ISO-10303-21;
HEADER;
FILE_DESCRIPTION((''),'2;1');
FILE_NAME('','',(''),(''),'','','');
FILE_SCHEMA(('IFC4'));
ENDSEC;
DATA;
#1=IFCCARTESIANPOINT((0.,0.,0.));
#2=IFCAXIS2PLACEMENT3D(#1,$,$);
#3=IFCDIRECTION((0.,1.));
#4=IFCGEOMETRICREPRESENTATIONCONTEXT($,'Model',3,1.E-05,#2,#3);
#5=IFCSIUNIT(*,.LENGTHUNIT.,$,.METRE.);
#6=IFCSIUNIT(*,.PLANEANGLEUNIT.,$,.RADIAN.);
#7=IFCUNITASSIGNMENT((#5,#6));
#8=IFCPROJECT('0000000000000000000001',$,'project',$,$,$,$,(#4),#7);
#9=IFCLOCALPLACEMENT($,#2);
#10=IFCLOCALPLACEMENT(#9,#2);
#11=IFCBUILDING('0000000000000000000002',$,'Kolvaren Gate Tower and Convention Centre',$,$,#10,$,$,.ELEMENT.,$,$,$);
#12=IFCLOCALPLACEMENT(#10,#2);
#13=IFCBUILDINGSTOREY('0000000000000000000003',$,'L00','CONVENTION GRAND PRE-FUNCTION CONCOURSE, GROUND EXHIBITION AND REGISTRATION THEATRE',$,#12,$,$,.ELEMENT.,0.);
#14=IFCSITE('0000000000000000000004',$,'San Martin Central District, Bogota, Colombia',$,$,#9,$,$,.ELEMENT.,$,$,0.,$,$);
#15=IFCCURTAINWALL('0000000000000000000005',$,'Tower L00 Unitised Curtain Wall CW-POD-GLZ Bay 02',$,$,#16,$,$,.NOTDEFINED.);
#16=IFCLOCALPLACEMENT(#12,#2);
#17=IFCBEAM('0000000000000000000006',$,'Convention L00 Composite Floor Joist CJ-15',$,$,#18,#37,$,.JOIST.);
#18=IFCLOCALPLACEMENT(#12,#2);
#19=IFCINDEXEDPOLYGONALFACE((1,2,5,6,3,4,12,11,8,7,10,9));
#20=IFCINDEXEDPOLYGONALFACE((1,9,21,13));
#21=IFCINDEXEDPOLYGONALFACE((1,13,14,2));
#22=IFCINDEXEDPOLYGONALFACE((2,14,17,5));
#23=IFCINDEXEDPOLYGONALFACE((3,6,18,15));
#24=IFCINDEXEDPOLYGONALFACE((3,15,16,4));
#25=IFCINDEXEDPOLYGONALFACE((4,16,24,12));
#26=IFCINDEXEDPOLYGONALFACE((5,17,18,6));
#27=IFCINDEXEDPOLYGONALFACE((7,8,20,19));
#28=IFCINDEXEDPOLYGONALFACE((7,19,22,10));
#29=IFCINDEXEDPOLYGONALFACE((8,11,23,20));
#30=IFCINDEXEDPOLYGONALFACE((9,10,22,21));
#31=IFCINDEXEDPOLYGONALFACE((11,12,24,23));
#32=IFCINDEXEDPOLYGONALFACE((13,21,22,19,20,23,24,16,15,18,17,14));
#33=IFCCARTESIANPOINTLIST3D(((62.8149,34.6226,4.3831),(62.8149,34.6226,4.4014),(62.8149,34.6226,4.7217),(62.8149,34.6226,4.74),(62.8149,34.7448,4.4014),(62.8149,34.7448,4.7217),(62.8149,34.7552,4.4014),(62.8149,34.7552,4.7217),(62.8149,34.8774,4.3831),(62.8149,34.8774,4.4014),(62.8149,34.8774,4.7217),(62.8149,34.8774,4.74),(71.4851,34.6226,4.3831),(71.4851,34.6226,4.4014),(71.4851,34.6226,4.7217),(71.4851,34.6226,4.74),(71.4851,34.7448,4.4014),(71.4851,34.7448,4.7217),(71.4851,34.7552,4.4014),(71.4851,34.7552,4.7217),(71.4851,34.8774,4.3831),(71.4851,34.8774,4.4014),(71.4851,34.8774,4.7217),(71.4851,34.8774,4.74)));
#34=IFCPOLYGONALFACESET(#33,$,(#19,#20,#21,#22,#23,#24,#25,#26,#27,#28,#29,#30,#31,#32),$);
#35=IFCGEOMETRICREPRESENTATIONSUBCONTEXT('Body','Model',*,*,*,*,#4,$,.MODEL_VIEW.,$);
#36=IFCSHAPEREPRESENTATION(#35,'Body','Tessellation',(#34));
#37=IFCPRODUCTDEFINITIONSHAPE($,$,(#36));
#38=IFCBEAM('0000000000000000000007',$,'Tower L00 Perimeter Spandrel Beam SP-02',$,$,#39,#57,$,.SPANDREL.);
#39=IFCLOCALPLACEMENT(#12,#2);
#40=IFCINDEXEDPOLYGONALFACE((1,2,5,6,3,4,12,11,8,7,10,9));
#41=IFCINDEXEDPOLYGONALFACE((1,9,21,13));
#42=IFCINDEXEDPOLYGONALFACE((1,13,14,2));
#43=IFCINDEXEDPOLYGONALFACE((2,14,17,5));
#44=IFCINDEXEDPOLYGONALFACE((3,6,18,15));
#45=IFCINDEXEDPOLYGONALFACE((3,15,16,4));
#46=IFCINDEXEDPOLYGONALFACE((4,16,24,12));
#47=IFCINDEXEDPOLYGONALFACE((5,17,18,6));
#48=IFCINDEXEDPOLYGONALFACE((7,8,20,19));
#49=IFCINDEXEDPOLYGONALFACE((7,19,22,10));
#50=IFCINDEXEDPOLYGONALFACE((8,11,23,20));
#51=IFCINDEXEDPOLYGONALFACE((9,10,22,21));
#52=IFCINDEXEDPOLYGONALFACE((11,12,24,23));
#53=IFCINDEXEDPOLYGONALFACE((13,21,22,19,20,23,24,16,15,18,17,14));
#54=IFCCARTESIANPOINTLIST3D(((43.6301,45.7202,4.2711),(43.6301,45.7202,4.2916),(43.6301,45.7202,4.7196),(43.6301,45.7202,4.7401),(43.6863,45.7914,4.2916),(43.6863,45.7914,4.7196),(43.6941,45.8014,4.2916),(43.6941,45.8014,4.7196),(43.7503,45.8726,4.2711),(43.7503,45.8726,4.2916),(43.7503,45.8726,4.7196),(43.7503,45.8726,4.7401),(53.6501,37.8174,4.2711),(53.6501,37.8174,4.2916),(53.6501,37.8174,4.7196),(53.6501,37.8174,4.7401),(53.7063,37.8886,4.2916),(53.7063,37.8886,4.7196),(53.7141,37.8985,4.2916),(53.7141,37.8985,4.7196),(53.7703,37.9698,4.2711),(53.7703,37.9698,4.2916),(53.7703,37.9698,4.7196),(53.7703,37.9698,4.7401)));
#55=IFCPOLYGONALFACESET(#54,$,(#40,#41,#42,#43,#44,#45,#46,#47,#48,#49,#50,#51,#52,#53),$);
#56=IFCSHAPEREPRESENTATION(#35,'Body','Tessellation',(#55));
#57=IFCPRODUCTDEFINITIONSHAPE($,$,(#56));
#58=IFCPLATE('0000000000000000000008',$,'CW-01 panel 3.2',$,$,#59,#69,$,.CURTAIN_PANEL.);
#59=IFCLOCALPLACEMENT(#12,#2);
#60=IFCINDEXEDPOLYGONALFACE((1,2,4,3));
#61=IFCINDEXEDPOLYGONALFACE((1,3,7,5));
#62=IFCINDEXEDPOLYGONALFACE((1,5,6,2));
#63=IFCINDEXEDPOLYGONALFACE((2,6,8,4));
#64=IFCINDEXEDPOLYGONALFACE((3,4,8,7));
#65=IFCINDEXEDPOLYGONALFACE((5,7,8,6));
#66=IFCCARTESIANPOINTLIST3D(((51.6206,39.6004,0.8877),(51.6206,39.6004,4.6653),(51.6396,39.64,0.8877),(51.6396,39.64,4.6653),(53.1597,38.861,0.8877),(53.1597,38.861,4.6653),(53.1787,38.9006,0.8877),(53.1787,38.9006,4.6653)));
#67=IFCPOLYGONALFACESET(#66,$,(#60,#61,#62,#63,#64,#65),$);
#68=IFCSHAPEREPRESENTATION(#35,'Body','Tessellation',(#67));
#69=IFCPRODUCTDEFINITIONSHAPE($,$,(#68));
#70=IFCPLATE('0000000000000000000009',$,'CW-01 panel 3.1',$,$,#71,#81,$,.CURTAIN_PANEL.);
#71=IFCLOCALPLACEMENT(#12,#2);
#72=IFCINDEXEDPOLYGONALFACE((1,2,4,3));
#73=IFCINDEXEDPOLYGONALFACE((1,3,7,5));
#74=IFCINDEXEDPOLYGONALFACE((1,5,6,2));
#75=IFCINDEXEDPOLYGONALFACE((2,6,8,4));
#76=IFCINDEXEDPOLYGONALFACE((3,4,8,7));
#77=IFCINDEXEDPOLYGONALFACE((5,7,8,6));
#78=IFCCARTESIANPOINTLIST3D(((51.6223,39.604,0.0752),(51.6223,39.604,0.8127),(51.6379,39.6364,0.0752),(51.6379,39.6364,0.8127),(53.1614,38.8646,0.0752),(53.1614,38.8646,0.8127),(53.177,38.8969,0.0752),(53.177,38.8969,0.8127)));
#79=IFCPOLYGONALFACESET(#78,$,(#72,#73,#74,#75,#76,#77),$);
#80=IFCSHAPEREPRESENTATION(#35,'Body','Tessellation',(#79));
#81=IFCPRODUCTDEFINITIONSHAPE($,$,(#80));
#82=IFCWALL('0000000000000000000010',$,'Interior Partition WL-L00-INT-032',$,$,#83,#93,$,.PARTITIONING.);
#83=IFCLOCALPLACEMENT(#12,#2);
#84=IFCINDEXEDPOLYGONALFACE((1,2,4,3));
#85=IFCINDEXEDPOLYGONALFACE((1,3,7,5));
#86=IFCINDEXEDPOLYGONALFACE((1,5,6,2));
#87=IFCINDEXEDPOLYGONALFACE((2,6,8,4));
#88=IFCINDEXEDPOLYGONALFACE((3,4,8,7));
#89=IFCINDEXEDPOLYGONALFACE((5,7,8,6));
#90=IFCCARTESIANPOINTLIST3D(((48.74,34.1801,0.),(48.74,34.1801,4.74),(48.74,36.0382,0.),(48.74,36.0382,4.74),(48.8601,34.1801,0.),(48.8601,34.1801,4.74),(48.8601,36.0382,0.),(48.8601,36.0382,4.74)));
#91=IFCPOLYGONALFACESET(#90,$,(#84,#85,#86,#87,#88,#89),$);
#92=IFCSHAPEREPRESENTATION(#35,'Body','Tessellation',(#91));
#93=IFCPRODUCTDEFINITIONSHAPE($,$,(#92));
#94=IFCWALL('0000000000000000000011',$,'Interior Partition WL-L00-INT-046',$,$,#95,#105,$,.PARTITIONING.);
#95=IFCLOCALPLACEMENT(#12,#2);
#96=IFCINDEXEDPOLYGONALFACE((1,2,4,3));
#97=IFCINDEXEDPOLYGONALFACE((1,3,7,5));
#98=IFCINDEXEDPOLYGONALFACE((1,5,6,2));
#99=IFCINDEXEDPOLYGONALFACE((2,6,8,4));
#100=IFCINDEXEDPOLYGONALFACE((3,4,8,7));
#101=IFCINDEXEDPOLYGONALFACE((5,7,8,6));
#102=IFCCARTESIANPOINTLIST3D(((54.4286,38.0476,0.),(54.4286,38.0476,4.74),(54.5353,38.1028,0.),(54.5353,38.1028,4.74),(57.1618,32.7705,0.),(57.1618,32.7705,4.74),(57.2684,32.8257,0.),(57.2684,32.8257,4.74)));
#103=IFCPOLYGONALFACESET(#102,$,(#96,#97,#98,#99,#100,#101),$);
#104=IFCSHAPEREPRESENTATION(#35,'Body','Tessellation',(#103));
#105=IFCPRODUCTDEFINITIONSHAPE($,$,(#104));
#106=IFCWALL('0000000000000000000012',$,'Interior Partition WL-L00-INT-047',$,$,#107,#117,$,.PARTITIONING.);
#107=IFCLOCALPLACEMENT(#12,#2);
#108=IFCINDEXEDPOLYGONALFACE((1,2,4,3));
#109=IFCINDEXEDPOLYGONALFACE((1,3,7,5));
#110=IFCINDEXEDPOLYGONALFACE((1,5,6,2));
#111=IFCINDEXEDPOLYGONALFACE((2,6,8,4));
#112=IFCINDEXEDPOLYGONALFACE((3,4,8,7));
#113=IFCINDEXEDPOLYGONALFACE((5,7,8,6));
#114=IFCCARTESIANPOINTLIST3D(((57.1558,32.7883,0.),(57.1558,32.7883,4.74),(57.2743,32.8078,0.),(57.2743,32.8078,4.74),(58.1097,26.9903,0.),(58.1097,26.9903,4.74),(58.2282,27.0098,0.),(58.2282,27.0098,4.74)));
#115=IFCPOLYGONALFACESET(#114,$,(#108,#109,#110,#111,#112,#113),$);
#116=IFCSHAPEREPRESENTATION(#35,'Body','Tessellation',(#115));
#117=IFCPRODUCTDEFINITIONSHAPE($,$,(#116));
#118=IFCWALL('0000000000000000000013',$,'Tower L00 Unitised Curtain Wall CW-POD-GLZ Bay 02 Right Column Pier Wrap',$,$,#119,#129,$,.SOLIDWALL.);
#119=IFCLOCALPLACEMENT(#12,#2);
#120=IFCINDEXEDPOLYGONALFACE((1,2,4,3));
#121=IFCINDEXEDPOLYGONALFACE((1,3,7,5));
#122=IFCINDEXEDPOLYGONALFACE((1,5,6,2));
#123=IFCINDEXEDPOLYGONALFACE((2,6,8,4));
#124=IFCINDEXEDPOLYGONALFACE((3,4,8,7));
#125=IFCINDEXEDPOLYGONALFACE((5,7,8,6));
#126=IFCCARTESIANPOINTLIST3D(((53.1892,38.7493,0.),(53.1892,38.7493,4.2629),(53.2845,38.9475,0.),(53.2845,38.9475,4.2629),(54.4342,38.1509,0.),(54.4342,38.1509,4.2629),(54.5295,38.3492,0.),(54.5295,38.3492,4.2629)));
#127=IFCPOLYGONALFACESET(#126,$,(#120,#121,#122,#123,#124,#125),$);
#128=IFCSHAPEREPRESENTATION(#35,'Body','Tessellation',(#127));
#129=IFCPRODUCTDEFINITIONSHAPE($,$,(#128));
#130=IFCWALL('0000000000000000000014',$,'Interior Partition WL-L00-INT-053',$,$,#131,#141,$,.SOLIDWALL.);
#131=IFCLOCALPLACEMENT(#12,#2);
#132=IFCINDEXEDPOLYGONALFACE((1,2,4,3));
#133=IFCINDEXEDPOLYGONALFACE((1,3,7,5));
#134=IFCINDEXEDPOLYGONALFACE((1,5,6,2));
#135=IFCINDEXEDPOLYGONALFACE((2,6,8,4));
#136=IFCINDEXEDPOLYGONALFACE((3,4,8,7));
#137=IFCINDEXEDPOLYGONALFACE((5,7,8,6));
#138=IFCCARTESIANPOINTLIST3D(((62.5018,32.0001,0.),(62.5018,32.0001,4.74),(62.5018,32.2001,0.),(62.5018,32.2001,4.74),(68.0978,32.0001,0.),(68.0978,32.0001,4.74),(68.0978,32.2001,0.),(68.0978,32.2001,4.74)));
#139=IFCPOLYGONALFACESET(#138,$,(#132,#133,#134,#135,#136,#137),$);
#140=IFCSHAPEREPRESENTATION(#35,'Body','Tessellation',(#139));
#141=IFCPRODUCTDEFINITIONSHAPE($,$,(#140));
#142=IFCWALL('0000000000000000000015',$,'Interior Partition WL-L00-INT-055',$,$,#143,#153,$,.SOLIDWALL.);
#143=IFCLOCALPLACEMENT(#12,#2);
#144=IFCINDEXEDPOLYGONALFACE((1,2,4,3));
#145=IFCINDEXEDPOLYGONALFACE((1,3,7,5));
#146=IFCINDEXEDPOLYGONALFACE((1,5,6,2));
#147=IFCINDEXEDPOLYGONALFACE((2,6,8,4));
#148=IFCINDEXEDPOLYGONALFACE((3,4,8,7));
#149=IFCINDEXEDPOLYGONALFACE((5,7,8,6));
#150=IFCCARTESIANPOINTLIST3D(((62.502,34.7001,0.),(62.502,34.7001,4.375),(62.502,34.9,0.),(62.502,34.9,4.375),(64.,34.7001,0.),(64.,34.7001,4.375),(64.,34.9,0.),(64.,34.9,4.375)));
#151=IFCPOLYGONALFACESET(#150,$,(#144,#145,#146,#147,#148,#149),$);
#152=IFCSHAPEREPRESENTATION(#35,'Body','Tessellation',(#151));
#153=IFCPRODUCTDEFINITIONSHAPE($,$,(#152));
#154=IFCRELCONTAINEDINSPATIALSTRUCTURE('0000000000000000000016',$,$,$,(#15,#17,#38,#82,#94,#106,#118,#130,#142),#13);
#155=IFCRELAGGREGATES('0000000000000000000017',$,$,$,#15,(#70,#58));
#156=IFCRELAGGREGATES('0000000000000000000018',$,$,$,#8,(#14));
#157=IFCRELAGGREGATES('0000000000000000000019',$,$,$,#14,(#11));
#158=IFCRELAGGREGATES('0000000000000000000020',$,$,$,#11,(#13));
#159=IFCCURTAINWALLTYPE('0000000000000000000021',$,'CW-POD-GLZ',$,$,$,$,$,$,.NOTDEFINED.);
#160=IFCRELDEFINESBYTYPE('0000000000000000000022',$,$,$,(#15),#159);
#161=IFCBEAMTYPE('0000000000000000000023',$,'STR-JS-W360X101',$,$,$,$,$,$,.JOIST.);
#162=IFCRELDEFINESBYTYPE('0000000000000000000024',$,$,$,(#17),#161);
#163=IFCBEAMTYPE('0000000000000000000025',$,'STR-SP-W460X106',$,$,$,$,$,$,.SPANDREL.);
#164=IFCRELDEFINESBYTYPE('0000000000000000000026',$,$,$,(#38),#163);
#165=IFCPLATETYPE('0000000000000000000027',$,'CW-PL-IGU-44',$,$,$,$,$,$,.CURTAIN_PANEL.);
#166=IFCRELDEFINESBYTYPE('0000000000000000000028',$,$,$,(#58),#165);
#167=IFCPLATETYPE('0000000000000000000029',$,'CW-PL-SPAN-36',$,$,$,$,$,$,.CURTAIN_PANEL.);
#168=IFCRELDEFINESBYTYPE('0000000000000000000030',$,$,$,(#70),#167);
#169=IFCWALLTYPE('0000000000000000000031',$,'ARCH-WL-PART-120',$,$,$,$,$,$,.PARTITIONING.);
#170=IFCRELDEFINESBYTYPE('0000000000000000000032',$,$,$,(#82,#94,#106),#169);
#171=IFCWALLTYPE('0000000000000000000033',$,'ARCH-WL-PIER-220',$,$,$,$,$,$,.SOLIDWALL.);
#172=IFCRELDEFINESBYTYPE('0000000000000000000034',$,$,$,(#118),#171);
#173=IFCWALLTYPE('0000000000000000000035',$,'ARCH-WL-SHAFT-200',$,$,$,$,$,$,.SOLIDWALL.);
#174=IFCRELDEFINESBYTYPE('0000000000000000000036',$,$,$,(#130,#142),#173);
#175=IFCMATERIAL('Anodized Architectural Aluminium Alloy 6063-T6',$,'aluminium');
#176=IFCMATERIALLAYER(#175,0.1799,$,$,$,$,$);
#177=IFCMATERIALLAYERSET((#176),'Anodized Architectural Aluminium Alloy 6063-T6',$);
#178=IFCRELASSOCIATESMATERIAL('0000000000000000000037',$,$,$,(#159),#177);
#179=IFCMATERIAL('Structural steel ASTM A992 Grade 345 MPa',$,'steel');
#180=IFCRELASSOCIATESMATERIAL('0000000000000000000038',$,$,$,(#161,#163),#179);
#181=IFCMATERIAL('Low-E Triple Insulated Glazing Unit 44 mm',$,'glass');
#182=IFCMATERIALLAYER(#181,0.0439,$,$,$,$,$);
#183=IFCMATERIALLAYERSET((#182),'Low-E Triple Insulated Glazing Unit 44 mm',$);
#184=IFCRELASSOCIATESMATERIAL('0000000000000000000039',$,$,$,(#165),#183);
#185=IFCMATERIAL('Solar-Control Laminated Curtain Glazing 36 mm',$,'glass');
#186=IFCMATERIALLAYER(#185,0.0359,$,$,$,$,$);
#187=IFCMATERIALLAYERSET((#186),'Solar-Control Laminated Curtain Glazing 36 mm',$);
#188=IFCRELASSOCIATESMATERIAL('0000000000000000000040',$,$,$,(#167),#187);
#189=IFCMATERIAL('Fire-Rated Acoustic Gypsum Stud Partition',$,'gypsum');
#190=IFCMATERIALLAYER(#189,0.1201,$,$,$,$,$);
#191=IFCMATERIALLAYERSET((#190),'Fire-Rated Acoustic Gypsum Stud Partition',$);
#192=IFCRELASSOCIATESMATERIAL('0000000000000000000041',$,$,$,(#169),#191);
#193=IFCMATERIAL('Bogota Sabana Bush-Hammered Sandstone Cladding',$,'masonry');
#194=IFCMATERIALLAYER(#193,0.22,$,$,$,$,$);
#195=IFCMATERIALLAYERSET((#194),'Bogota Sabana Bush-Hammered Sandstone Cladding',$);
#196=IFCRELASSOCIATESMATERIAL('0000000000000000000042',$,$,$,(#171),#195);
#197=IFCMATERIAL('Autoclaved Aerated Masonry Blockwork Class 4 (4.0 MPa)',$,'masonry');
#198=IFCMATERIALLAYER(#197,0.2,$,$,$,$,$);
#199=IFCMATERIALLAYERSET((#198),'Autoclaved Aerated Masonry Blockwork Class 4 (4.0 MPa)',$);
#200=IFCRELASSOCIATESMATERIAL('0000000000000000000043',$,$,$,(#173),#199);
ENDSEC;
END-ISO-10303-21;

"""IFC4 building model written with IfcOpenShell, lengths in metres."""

from ifc_helpers import new_model, si_unit, direction, frame, frame_2d, origin, origin_2d, place, context, subcontext, project, spatial, rectangle, i_section, extrude, material, layer, layer_set, material_profile, profile_set, type_object, element, aggregate, save


model = new_model("IFC4")

# Units and contexts
model_context = context("Model", 3, precision=1e-05, world=origin(), true_north=direction((0.0, 1.0)))
body_context = subcontext(model_context, "Body", "Model", "MODEL_VIEW")
ifc_project = project(units=[si_unit("LENGTHUNIT", "METRE"), si_unit("PLANEANGLEUNIT", "RADIAN")], contexts=[model_context])

# Site, building, storey
site_placement = place(None, origin())
site = spatial("IfcSite", under=ifc_project, at=site_placement, Name="San Martin Central District, Bogota, Colombia", CompositionType="ELEMENT", RefElevation=0.0)
building_placement = place(site_placement, origin())
building = spatial("IfcBuilding", under=site, at=building_placement, Name="Kolvaren Gate Tower and Convention Centre", CompositionType="ELEMENT")
storey_placement = place(building_placement, origin())
storey = spatial("IfcBuildingStorey", under=building, at=storey_placement, Name="L00", Description="CONVENTION GRAND PRE-FUNCTION CONCOURSE, GROUND EXHIBITION AND REGISTRATION THEATRE", CompositionType="ELEMENT", Elevation=0.0)

# Curtain wall
ifc_material_1 = material(Name="Anodized Architectural Aluminium Alloy 6063-T6", Category="aluminium")
ifc_layer_1 = layer(ifc_material_1, 0.1799)
ifc_layer_set_1 = layer_set([ifc_layer_1], Name="Anodized Architectural Aluminium Alloy 6063-T6")
curtain_wall_type = type_object("IfcCurtainWallType", Name="CW-POD-GLZ", PredefinedType="NOTDEFINED", material=ifc_layer_set_1)
curtain_wall_placement = place(storey_placement, origin())
curtain_wall = element("IfcCurtainWall", 1, at=curtain_wall_placement, inside=storey, type_object=curtain_wall_type, Name="Tower L00 Unitised Curtain Wall CW-POD-GLZ Bay 02", PredefinedType="NOTDEFINED")

# Beams
ifc_material_2 = material(Name="Structural steel ASTM A992 Grade 345 MPa", Category="steel")
ifc_material_profile_1 = material_profile(ifc_material_2, i_section(OverallWidth=0.2549, OverallDepth=0.3569, WebThickness=0.0105, FlangeThickness=0.0183, at=origin_2d()), Name="W360X101")
ifc_profile_set_1 = profile_set([ifc_material_profile_1], Name="Structural steel ASTM A992 Grade 345 MPa")
beam_type_1 = type_object("IfcBeamType", Name="STR-JS-W360X101", PredefinedType="JOIST", material=ifc_profile_set_1)
beam_1_placement = place(storey_placement, frame((62.8149, 34.75, 4.5615), z_axis=(1.0, 0.0, 0.0), x_axis=(0.0, 1.0, 0.0)))
element("IfcBeam", 2, at=beam_1_placement, inside=storey, type_object=beam_type_1, Name="Convention L00 Composite Floor Joist CJ-15", PredefinedType="JOIST", context=body_context, shape_type="SweptSolid", body=[
    extrude(i_section(OverallWidth=0.2549, OverallDepth=0.3569, WebThickness=0.0105, FlangeThickness=0.0183, at=origin_2d()), origin(), (0.0, 0.0, 1.0), 8.6702),
])
ifc_material_profile_2 = material_profile(ifc_material_2, i_section(OverallWidth=0.1941, OverallDepth=0.469, WebThickness=0.0127, FlangeThickness=0.0205, at=origin_2d()), Name="W460X106")
ifc_profile_set_2 = profile_set([ifc_material_profile_2], Name="Structural steel ASTM A992 Grade 345 MPa")
beam_type_2 = type_object("IfcBeamType", Name="STR-SP-W460X106", PredefinedType="SPANDREL", material=ifc_profile_set_2)
beam_2_placement = place(storey_placement, frame((53.7102, 37.8936, 4.5056), z_axis=(-0.785176, 0.619272, 0.0), x_axis=(-0.619272, -0.785176, 0.0)))
element("IfcBeam", 3, at=beam_2_placement, inside=storey, type_object=beam_type_2, Name="Tower L00 Perimeter Spandrel Beam SP-02", PredefinedType="SPANDREL", context=body_context, shape_type="SweptSolid", body=[
    extrude(i_section(OverallWidth=0.1941, OverallDepth=0.469, WebThickness=0.0127, FlangeThickness=0.0205, at=origin_2d()), origin(), (0.0, 0.0, 1.0), 12.7615),
])

# Plates
ifc_material_3 = material(Name="Low-E Triple Insulated Glazing Unit 44 mm", Category="glass")
ifc_layer_2 = layer(ifc_material_3, 0.0439)
ifc_layer_set_2 = layer_set([ifc_layer_2], Name="Low-E Triple Insulated Glazing Unit 44 mm")
plate_type_1 = type_object("IfcPlateType", Name="CW-PL-IGU-44", PredefinedType="CURTAIN_PANEL", material=ifc_layer_set_2)
plate_1_placement = place(storey_placement, frame((52.3997, 39.2505, 0.8877), z_axis=(0.0, 0.0, 1.0), x_axis=(0.901364, -0.433063, 0.0)))
plate_1 = element("IfcPlate", 4, at=plate_1_placement, type_object=plate_type_1, Name="CW-01 panel 3.2", PredefinedType="CURTAIN_PANEL", context=body_context, shape_type="SweptSolid", body=[
    extrude(rectangle(XDim=1.7075, YDim=0.0439, at=origin_2d()), origin(), (0.0, 0.0, 1.0), 3.7776),
])
ifc_material_4 = material(Name="Solar-Control Laminated Curtain Glazing 36 mm", Category="glass")
ifc_layer_3 = layer(ifc_material_4, 0.0359)
ifc_layer_set_3 = layer_set([ifc_layer_3], Name="Solar-Control Laminated Curtain Glazing 36 mm")
plate_type_2 = type_object("IfcPlateType", Name="CW-PL-SPAN-36", PredefinedType="CURTAIN_PANEL", material=ifc_layer_set_3)
plate_2_placement = place(storey_placement, frame((52.3997, 39.2505, 0.0752), z_axis=(0.0, 0.0, 1.0), x_axis=(0.901364, -0.433063, 0.0)))
plate_2 = element("IfcPlate", 5, at=plate_2_placement, type_object=plate_type_2, Name="CW-01 panel 3.1", PredefinedType="CURTAIN_PANEL", context=body_context, shape_type="SweptSolid", body=[
    extrude(rectangle(XDim=1.7075, YDim=0.0359, at=origin_2d()), origin(), (0.0, 0.0, 1.0), 0.7375),
])
aggregate(curtain_wall, [plate_2, plate_1])

# Walls
ifc_material_5 = material(Name="Fire-Rated Acoustic Gypsum Stud Partition", Category="gypsum")
ifc_layer_4 = layer(ifc_material_5, 0.1201)
ifc_layer_set_4 = layer_set([ifc_layer_4], Name="Fire-Rated Acoustic Gypsum Stud Partition")
wall_type_1 = type_object("IfcWallType", Name="ARCH-WL-PART-120", PredefinedType="PARTITIONING", material=ifc_layer_set_4)
wall_1_placement = place(storey_placement, frame((48.8, 34.1799, 0.0), z_axis=(0.0, 0.0, 1.0), x_axis=(0.0, 1.0, 0.0)))
element("IfcWall", 6, at=wall_1_placement, inside=storey, type_object=wall_type_1, Name="Interior Partition WL-L00-INT-032", PredefinedType="PARTITIONING", context=body_context, shape_type="SweptSolid", body=[
    extrude(rectangle(XDim=1.8582, YDim=0.1201, at=frame_2d((0.9292, 0.0))), origin(), (0.0, 0.0, 1.0), 4.74),
])
wall_2_placement = place(storey_placement, frame((54.4819, 38.0752, 0.0), z_axis=(0.0, 0.0, 1.0), x_axis=(0.459903, -0.887969, 0.0)))
element("IfcWall", 7, at=wall_2_placement, inside=storey, type_object=wall_type_1, Name="Interior Partition WL-L00-INT-046", PredefinedType="PARTITIONING", context=body_context, shape_type="SweptSolid", body=[
    extrude(rectangle(XDim=5.9429, YDim=0.1201, at=frame_2d((2.9714, 0.0))), origin(), (0.0, 0.0, 1.0), 4.74),
])
wall_3_placement = place(storey_placement, frame((57.2151, 32.7981, 0.0), z_axis=(0.0, 0.0, 1.0), x_axis=(0.16233, -0.986736, 0.0)))
element("IfcWall", 8, at=wall_3_placement, inside=storey, type_object=wall_type_1, Name="Interior Partition WL-L00-INT-047", PredefinedType="PARTITIONING", context=body_context, shape_type="SweptSolid", body=[
    extrude(rectangle(XDim=5.876, YDim=0.1201, at=frame_2d((2.938, 0.0))), origin(), (0.0, 0.0, 1.0), 4.74),
])
ifc_material_6 = material(Name="Bogota Sabana Bush-Hammered Sandstone Cladding", Category="masonry")
ifc_layer_5 = layer(ifc_material_6, 0.22)
ifc_layer_set_5 = layer_set([ifc_layer_5], Name="Bogota Sabana Bush-Hammered Sandstone Cladding")
wall_type_2 = type_object("IfcWallType", Name="ARCH-WL-PIER-220", PredefinedType="SOLIDWALL", material=ifc_layer_set_5)
wall_4_placement = place(storey_placement, frame((53.2368, 38.8484, 0.0), z_axis=(0.0, 0.0, 1.0), x_axis=(0.901316, -0.433162, 0.0)))
element("IfcWall", 9, at=wall_4_placement, inside=storey, type_object=wall_type_2, Name="Tower L00 Unitised Curtain Wall CW-POD-GLZ Bay 02 Right Column Pier Wrap", PredefinedType="SOLIDWALL", context=body_context, shape_type="SweptSolid", body=[
    extrude(rectangle(XDim=1.3813, YDim=0.22, at=frame_2d((0.6907, 0.0))), origin(), (0.0, 0.0, 1.0), 4.2629),
])
ifc_material_7 = material(Name="Autoclaved Aerated Masonry Blockwork Class 4 (4.0 MPa)", Category="masonry")
ifc_layer_6 = layer(ifc_material_7, 0.2)
ifc_layer_set_6 = layer_set([ifc_layer_6], Name="Autoclaved Aerated Masonry Blockwork Class 4 (4.0 MPa)")
wall_type_3 = type_object("IfcWallType", Name="ARCH-WL-SHAFT-200", PredefinedType="SOLIDWALL", material=ifc_layer_set_6)
wall_5_placement = place(storey_placement, frame((62.502, 32.1001, 0.0), z_axis=(0.0, 0.0, 1.0), x_axis=(1.0, 0.0, 0.0)))
element("IfcWall", 10, at=wall_5_placement, inside=storey, type_object=wall_type_3, Name="Interior Partition WL-L00-INT-053", PredefinedType="SOLIDWALL", context=body_context, shape_type="SweptSolid", body=[
    extrude(rectangle(XDim=5.5959, YDim=0.2, at=frame_2d((2.7979, 0.0))), origin(), (0.0, 0.0, 1.0), 4.74),
])
wall_6_placement = place(storey_placement, frame((62.502, 34.8, 0.0), z_axis=(0.0, 0.0, 1.0), x_axis=(1.0, 0.0, 0.0)))
element("IfcWall", 11, at=wall_6_placement, inside=storey, type_object=wall_type_3, Name="Interior Partition WL-L00-INT-055", PredefinedType="SOLIDWALL", context=body_context, shape_type="SweptSolid", body=[
    extrude(rectangle(XDim=1.498, YDim=0.2, at=frame_2d((0.749, 0.0))), origin(), (0.0, 0.0, 1.0), 4.375),
])

save(model, "model.ifc")
